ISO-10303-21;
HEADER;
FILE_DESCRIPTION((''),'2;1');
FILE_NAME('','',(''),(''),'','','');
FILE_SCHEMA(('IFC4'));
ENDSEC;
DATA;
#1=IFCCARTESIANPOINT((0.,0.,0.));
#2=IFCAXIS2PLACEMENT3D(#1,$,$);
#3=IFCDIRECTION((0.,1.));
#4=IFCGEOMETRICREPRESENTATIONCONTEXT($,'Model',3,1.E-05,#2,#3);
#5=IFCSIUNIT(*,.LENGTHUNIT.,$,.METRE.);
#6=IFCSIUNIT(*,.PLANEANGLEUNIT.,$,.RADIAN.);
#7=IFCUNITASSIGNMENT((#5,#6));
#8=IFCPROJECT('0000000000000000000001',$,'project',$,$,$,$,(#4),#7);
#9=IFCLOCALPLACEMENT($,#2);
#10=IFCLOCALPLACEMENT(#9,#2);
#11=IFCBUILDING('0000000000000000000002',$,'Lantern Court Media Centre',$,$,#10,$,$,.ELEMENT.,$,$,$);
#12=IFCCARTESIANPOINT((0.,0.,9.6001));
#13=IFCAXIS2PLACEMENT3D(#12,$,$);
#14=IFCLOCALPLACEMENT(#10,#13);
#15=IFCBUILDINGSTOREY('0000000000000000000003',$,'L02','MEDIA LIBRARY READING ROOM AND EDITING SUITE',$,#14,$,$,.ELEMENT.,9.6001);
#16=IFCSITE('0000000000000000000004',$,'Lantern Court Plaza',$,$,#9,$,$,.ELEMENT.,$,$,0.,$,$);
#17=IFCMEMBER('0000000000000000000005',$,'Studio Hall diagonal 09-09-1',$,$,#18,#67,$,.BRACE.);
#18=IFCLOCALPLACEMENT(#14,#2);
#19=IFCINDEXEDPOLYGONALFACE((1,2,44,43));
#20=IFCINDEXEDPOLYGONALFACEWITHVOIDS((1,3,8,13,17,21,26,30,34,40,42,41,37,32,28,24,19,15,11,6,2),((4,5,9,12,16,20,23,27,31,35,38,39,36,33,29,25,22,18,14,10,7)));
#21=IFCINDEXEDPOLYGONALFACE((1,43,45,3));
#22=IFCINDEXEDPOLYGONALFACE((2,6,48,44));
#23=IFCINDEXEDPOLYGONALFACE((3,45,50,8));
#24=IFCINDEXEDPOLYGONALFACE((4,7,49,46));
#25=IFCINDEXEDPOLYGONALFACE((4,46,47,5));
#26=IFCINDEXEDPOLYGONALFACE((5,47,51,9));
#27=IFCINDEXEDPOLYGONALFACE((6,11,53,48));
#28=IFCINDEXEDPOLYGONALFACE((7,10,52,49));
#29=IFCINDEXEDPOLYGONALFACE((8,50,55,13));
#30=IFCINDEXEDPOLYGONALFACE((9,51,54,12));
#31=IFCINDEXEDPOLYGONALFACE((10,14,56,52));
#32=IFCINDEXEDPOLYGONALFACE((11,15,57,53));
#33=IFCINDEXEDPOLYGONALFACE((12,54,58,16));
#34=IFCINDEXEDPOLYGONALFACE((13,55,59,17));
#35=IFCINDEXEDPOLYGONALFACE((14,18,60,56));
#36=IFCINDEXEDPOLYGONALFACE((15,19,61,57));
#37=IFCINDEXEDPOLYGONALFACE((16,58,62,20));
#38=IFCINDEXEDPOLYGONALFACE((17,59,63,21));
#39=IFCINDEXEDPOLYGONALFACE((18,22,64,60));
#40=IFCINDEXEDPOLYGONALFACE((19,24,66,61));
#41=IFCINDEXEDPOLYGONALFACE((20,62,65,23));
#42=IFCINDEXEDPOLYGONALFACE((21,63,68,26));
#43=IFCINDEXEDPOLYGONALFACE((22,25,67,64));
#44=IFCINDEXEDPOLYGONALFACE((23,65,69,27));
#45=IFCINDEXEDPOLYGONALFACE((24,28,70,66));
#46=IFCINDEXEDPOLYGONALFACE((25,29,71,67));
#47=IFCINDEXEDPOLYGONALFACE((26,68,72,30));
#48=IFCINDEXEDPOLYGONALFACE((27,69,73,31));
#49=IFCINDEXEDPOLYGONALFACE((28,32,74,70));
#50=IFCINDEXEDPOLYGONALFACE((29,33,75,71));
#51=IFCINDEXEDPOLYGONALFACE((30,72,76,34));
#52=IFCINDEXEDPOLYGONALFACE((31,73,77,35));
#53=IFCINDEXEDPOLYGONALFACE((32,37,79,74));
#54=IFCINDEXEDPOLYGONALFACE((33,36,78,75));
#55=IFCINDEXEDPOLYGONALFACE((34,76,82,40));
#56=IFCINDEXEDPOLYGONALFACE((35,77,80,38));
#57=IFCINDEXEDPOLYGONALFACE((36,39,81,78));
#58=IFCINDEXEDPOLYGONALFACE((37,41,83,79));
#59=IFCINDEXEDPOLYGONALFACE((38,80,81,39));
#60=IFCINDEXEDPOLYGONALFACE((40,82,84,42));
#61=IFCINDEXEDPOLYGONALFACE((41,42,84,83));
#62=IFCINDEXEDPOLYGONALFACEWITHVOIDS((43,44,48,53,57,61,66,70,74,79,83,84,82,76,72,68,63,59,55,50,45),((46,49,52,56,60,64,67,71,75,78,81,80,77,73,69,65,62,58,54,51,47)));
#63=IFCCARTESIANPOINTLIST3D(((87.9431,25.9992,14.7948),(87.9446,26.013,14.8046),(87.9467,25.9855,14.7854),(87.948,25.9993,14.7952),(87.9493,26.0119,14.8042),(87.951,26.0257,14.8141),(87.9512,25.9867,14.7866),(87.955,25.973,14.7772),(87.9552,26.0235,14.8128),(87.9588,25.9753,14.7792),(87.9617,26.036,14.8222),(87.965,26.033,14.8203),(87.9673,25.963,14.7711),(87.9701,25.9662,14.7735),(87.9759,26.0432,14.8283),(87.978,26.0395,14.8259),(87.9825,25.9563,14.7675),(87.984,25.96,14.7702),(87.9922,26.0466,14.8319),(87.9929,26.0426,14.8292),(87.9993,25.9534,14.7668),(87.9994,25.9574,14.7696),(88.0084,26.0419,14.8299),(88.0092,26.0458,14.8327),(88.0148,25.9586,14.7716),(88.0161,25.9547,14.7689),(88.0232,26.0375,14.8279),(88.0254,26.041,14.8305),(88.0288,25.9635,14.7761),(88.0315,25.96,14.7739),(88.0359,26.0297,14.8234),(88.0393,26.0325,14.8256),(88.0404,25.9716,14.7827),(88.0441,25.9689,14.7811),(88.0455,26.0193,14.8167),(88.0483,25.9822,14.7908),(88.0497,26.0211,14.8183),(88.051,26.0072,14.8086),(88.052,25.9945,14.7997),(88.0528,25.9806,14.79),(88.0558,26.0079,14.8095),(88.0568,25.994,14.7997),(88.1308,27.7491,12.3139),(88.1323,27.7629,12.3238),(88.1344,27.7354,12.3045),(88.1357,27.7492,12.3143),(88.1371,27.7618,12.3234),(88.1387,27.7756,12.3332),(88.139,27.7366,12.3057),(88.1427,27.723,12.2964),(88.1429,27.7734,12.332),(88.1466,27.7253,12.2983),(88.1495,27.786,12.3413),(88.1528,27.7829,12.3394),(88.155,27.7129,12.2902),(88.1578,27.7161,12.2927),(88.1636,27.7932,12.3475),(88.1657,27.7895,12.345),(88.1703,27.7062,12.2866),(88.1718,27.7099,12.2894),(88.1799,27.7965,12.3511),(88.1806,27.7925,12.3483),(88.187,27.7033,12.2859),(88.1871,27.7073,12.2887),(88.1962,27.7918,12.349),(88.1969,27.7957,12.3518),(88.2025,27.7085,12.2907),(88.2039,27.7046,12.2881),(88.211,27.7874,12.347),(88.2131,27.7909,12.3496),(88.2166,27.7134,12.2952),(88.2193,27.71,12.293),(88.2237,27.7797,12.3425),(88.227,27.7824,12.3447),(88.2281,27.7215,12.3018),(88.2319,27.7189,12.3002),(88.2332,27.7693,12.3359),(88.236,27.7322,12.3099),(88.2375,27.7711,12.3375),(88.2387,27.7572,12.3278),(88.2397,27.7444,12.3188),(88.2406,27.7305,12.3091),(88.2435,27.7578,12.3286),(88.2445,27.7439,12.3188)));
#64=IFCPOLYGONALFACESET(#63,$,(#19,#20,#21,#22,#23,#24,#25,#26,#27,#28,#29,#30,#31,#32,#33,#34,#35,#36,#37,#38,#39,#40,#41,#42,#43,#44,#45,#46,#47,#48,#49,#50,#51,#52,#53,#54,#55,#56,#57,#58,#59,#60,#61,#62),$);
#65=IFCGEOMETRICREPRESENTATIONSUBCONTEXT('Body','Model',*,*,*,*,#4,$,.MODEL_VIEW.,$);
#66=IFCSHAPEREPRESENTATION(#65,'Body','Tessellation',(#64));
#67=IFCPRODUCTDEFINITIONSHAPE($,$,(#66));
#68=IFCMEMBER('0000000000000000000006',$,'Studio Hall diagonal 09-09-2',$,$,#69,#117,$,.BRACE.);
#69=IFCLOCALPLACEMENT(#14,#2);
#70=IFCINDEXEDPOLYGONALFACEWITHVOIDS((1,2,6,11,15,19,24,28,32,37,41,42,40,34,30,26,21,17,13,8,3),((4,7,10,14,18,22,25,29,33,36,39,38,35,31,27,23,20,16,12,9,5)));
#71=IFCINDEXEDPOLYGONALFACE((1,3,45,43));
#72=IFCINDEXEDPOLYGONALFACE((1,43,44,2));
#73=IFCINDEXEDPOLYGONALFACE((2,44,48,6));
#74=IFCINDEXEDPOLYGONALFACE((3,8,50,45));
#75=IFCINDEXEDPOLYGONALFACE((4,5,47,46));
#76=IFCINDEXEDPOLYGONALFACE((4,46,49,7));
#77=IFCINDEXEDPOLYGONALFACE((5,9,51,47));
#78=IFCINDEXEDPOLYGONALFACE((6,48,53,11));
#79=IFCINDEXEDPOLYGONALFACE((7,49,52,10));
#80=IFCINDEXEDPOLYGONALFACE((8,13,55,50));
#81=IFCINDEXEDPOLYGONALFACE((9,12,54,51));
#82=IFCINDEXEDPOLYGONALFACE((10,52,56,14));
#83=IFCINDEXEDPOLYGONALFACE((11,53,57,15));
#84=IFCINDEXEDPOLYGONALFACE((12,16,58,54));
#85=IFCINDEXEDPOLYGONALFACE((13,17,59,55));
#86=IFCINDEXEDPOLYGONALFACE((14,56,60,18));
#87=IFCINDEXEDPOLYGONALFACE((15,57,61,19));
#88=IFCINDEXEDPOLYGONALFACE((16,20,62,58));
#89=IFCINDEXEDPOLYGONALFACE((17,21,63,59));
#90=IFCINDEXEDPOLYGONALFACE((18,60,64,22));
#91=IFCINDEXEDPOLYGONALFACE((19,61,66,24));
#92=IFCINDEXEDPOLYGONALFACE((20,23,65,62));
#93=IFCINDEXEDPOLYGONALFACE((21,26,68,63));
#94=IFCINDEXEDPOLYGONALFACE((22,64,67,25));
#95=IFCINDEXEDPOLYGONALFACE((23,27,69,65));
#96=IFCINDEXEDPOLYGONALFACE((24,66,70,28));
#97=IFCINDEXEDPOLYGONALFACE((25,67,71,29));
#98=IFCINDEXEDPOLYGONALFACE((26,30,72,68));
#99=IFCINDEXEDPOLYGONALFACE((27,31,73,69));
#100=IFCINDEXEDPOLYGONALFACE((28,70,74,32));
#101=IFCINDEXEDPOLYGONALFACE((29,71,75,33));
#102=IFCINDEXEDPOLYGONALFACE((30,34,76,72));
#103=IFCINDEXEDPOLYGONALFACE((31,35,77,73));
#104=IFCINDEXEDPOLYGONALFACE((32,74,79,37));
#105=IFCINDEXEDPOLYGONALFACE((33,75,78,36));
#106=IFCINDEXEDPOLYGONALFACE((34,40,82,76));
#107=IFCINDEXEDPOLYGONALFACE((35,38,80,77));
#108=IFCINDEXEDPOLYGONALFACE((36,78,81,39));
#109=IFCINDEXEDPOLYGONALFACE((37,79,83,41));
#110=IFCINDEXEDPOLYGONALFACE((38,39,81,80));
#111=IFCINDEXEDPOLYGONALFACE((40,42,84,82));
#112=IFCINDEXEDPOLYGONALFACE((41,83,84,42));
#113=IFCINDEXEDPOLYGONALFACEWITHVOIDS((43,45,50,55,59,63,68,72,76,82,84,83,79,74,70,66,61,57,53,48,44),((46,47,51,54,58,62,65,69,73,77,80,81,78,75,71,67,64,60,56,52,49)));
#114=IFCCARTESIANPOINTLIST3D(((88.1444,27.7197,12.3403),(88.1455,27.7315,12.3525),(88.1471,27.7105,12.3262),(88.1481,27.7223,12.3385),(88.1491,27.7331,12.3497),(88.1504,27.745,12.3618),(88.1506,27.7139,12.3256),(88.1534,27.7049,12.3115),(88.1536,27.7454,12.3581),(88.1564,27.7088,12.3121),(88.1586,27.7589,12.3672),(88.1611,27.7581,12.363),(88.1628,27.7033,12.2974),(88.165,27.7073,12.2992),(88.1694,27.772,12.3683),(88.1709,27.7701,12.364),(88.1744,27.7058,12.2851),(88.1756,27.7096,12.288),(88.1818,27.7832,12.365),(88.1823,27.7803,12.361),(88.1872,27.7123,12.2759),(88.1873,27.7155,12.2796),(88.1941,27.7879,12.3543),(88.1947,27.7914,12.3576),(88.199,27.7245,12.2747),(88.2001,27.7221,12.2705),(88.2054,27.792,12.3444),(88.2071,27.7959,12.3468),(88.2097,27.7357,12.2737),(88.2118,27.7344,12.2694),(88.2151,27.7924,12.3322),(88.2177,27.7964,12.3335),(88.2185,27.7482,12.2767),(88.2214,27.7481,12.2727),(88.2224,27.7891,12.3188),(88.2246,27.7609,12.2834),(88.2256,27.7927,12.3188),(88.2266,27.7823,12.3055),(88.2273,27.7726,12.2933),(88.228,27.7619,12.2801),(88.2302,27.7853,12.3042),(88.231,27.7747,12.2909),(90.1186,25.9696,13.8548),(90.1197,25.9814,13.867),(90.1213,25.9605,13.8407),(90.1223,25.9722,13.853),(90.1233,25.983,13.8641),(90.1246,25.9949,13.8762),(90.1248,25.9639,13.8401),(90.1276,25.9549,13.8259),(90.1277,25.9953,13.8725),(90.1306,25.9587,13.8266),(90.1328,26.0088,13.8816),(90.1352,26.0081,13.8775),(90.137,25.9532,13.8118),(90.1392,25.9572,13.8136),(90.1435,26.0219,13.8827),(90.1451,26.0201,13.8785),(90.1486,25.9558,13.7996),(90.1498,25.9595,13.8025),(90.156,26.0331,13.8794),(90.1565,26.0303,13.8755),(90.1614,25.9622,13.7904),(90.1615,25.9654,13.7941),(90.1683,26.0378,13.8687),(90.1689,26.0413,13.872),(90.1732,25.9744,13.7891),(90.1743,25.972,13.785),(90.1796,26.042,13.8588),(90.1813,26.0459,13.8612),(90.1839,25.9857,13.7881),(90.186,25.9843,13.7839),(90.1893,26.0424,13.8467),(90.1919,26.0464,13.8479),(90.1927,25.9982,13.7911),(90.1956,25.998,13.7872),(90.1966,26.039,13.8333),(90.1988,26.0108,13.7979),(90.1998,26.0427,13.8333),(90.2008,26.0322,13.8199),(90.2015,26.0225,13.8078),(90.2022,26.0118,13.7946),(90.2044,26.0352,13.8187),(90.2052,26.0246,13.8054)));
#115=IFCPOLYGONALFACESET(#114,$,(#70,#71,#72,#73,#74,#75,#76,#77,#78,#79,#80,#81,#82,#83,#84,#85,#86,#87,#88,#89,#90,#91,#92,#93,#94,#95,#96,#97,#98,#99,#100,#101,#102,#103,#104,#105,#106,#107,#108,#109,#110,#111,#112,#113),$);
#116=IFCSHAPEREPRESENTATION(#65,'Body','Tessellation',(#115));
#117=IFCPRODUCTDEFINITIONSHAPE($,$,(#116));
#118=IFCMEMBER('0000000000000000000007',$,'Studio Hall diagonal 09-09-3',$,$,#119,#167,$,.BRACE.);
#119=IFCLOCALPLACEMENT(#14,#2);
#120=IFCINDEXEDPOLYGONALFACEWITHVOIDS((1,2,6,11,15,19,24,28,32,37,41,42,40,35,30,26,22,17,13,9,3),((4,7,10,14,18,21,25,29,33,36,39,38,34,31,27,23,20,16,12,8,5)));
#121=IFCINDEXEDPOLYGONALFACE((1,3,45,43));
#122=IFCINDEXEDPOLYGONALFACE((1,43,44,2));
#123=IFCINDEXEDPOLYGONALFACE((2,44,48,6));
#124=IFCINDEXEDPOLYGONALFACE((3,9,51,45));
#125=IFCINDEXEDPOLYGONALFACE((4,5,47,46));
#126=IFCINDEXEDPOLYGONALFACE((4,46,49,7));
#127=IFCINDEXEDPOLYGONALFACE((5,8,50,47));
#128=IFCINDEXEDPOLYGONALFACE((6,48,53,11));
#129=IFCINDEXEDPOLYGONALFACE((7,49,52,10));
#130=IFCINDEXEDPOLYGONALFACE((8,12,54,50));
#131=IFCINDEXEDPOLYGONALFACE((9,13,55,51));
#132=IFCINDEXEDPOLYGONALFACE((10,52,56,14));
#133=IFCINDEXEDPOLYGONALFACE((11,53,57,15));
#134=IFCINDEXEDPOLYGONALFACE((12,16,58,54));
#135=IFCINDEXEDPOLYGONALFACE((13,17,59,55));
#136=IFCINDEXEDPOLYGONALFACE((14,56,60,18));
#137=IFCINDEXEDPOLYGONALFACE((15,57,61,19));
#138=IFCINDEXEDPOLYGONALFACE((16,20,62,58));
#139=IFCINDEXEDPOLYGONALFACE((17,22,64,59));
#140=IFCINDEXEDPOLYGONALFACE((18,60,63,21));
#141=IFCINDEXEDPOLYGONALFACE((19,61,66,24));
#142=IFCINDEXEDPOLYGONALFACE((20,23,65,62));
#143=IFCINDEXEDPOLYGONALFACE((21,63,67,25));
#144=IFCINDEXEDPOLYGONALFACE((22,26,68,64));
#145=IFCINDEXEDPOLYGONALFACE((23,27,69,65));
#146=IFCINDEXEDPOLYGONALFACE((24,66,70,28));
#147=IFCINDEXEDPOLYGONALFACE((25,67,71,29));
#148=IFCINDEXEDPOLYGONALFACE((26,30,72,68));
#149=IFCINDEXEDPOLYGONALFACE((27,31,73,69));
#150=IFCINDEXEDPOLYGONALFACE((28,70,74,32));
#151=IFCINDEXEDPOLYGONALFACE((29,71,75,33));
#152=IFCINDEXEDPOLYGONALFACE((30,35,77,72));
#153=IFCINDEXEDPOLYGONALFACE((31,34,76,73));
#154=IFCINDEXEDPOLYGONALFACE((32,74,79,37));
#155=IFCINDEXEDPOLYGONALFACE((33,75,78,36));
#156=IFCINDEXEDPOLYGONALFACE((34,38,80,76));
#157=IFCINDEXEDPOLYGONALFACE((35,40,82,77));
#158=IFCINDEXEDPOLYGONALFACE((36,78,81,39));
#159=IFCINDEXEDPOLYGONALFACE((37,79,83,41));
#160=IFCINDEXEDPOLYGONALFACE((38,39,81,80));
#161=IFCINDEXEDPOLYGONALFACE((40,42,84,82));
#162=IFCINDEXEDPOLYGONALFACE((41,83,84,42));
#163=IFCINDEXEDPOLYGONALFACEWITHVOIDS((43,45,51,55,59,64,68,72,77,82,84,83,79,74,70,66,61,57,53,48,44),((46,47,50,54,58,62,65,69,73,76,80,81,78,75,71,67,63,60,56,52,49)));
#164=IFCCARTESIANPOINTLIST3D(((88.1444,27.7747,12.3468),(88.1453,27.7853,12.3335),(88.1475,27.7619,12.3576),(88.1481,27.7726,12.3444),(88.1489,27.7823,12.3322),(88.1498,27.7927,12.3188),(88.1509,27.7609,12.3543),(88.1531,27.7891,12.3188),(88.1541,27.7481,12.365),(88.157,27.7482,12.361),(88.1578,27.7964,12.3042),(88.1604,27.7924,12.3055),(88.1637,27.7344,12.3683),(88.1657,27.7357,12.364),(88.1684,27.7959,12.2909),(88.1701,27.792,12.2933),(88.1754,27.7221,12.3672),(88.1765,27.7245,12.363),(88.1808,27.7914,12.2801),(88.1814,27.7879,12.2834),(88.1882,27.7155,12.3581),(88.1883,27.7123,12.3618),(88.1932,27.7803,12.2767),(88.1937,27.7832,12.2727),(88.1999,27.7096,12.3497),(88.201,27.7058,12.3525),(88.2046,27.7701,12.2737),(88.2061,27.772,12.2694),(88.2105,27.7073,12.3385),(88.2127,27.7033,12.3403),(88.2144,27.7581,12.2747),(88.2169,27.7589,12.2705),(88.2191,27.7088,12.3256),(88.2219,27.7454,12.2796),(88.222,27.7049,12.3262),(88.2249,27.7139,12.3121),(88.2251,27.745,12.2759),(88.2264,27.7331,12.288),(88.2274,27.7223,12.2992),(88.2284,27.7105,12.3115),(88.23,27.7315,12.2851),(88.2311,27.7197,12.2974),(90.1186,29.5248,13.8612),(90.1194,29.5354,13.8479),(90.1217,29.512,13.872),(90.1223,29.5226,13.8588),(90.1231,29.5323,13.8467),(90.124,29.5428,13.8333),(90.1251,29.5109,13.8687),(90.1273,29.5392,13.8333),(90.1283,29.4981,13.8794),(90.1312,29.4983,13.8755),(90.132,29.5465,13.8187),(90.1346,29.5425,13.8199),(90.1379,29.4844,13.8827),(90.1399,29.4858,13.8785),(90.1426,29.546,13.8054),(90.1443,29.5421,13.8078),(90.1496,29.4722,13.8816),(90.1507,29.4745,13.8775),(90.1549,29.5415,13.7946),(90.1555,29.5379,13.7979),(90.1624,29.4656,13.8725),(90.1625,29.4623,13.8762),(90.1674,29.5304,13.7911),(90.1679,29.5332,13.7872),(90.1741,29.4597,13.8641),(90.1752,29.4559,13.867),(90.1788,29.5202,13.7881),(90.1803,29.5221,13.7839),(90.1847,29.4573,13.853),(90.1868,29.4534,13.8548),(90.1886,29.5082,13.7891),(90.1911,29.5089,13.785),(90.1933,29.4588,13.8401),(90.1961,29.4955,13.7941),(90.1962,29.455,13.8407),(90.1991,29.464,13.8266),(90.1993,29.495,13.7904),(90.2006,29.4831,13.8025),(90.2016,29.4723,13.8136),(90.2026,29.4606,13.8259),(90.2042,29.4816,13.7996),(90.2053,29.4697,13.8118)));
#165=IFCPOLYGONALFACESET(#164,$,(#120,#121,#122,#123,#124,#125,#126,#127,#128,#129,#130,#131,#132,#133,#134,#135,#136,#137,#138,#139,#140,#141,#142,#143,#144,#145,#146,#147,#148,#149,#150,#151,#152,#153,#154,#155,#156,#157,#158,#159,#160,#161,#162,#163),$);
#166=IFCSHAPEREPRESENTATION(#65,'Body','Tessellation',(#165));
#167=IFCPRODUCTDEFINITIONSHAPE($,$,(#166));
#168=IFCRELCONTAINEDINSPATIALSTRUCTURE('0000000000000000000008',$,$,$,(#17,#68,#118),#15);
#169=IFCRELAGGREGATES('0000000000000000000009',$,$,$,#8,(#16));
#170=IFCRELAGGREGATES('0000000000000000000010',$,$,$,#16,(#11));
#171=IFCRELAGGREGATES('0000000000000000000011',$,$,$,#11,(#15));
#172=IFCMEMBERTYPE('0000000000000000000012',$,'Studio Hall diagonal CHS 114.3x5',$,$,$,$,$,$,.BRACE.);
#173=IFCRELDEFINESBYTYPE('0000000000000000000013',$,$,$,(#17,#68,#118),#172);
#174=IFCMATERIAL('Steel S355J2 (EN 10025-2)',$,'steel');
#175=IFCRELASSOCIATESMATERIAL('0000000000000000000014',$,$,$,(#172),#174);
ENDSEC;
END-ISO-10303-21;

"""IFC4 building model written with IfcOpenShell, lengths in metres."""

from ifc_helpers import new_model, si_unit, direction, frame, origin, origin_2d, place, context, subcontext, project, spatial, hollow_circle, extrude, material, material_profile, profile_set, type_object, element, save


model = new_model("IFC4")

# Units and contexts
model_context = context("Model", 3, precision=1e-05, world=origin(), true_north=direction((0.0, 1.0)))
body_context = subcontext(model_context, "Body", "Model", "MODEL_VIEW")
ifc_project = project(units=[si_unit("LENGTHUNIT", "METRE"), si_unit("PLANEANGLEUNIT", "RADIAN")], contexts=[model_context])

# Site, building, storey
site_placement = place(None, origin())
site = spatial("IfcSite", under=ifc_project, at=site_placement, Name="Lantern Court Plaza", CompositionType="ELEMENT", RefElevation=0.0)
building_placement = place(site_placement, origin())
building = spatial("IfcBuilding", under=site, at=building_placement, Name="Lantern Court Media Centre", CompositionType="ELEMENT")
storey_placement = place(building_placement, frame((0.0, 0.0, 9.6001)))
storey = spatial("IfcBuildingStorey", under=building, at=storey_placement, Name="L02", Description="MEDIA LIBRARY READING ROOM AND EDITING SUITE", CompositionType="ELEMENT", Elevation=9.6001)

# Members
ifc_material = material(Name="Steel S355J2 (EN 10025-2)", Category="steel")
ifc_material_profile_1 = material_profile(ifc_material, hollow_circle(Radius=0.0571, WallThickness=0.0049, at=origin_2d()), Name="Studio Hall diagonal CHS 114.3x5")
ifc_profile_set_1 = profile_set([ifc_material_profile_1], Name="Steel S355J2 (EN 10025-2)")
member_type_1 = type_object("IfcMemberType", Name="Studio Hall diagonal CHS 114.3x5", PredefinedType="BRACE", material=ifc_profile_set_1)
member_1_placement = place(storey_placement, frame((88.1877, 27.75, 12.3188), z_axis=(-0.06172, -0.575306, 0.815606), x_axis=(0.994294, -0.10667, 0.0)))
element("IfcMember", 1, at=member_1_placement, inside=storey, type_object=member_type_1, Name="Studio Hall diagonal 09-09-1", PredefinedType="BRACE", context=body_context, shape_type="SweptSolid", body=[
    extrude(hollow_circle(Radius=0.0571, WallThickness=0.0049, at=origin_2d()), origin(), (0.0, 0.0, 1.0), 3.0417),
])
for number, where, z_axis, x_axis, name in (
    (2, (88.1877, 27.75, 12.3188), (0.648979, -0.575301, 0.49785), (0.663352, 0.748307, 0.0), "Studio Hall diagonal 09-09-2"),
    (3, (88.1877, 27.75, 12.3188), (0.648979, 0.575301, 0.49785), (-0.663352, 0.748307, 0.0), "Studio Hall diagonal 09-09-3"),
):
    element("IfcMember", number, at=place(storey_placement, frame(where, z_axis=z_axis, x_axis=x_axis)), inside=storey, type_object=member_type_1, Name=name, PredefinedType="BRACE", context=body_context, shape_type="SweptSolid", body=[
        extrude(hollow_circle(Radius=0.0571, WallThickness=0.0049, at=origin_2d()), origin(), (0.0, 0.0, 1.0), 3.042),
    ])

save(model, "model.ifc")
